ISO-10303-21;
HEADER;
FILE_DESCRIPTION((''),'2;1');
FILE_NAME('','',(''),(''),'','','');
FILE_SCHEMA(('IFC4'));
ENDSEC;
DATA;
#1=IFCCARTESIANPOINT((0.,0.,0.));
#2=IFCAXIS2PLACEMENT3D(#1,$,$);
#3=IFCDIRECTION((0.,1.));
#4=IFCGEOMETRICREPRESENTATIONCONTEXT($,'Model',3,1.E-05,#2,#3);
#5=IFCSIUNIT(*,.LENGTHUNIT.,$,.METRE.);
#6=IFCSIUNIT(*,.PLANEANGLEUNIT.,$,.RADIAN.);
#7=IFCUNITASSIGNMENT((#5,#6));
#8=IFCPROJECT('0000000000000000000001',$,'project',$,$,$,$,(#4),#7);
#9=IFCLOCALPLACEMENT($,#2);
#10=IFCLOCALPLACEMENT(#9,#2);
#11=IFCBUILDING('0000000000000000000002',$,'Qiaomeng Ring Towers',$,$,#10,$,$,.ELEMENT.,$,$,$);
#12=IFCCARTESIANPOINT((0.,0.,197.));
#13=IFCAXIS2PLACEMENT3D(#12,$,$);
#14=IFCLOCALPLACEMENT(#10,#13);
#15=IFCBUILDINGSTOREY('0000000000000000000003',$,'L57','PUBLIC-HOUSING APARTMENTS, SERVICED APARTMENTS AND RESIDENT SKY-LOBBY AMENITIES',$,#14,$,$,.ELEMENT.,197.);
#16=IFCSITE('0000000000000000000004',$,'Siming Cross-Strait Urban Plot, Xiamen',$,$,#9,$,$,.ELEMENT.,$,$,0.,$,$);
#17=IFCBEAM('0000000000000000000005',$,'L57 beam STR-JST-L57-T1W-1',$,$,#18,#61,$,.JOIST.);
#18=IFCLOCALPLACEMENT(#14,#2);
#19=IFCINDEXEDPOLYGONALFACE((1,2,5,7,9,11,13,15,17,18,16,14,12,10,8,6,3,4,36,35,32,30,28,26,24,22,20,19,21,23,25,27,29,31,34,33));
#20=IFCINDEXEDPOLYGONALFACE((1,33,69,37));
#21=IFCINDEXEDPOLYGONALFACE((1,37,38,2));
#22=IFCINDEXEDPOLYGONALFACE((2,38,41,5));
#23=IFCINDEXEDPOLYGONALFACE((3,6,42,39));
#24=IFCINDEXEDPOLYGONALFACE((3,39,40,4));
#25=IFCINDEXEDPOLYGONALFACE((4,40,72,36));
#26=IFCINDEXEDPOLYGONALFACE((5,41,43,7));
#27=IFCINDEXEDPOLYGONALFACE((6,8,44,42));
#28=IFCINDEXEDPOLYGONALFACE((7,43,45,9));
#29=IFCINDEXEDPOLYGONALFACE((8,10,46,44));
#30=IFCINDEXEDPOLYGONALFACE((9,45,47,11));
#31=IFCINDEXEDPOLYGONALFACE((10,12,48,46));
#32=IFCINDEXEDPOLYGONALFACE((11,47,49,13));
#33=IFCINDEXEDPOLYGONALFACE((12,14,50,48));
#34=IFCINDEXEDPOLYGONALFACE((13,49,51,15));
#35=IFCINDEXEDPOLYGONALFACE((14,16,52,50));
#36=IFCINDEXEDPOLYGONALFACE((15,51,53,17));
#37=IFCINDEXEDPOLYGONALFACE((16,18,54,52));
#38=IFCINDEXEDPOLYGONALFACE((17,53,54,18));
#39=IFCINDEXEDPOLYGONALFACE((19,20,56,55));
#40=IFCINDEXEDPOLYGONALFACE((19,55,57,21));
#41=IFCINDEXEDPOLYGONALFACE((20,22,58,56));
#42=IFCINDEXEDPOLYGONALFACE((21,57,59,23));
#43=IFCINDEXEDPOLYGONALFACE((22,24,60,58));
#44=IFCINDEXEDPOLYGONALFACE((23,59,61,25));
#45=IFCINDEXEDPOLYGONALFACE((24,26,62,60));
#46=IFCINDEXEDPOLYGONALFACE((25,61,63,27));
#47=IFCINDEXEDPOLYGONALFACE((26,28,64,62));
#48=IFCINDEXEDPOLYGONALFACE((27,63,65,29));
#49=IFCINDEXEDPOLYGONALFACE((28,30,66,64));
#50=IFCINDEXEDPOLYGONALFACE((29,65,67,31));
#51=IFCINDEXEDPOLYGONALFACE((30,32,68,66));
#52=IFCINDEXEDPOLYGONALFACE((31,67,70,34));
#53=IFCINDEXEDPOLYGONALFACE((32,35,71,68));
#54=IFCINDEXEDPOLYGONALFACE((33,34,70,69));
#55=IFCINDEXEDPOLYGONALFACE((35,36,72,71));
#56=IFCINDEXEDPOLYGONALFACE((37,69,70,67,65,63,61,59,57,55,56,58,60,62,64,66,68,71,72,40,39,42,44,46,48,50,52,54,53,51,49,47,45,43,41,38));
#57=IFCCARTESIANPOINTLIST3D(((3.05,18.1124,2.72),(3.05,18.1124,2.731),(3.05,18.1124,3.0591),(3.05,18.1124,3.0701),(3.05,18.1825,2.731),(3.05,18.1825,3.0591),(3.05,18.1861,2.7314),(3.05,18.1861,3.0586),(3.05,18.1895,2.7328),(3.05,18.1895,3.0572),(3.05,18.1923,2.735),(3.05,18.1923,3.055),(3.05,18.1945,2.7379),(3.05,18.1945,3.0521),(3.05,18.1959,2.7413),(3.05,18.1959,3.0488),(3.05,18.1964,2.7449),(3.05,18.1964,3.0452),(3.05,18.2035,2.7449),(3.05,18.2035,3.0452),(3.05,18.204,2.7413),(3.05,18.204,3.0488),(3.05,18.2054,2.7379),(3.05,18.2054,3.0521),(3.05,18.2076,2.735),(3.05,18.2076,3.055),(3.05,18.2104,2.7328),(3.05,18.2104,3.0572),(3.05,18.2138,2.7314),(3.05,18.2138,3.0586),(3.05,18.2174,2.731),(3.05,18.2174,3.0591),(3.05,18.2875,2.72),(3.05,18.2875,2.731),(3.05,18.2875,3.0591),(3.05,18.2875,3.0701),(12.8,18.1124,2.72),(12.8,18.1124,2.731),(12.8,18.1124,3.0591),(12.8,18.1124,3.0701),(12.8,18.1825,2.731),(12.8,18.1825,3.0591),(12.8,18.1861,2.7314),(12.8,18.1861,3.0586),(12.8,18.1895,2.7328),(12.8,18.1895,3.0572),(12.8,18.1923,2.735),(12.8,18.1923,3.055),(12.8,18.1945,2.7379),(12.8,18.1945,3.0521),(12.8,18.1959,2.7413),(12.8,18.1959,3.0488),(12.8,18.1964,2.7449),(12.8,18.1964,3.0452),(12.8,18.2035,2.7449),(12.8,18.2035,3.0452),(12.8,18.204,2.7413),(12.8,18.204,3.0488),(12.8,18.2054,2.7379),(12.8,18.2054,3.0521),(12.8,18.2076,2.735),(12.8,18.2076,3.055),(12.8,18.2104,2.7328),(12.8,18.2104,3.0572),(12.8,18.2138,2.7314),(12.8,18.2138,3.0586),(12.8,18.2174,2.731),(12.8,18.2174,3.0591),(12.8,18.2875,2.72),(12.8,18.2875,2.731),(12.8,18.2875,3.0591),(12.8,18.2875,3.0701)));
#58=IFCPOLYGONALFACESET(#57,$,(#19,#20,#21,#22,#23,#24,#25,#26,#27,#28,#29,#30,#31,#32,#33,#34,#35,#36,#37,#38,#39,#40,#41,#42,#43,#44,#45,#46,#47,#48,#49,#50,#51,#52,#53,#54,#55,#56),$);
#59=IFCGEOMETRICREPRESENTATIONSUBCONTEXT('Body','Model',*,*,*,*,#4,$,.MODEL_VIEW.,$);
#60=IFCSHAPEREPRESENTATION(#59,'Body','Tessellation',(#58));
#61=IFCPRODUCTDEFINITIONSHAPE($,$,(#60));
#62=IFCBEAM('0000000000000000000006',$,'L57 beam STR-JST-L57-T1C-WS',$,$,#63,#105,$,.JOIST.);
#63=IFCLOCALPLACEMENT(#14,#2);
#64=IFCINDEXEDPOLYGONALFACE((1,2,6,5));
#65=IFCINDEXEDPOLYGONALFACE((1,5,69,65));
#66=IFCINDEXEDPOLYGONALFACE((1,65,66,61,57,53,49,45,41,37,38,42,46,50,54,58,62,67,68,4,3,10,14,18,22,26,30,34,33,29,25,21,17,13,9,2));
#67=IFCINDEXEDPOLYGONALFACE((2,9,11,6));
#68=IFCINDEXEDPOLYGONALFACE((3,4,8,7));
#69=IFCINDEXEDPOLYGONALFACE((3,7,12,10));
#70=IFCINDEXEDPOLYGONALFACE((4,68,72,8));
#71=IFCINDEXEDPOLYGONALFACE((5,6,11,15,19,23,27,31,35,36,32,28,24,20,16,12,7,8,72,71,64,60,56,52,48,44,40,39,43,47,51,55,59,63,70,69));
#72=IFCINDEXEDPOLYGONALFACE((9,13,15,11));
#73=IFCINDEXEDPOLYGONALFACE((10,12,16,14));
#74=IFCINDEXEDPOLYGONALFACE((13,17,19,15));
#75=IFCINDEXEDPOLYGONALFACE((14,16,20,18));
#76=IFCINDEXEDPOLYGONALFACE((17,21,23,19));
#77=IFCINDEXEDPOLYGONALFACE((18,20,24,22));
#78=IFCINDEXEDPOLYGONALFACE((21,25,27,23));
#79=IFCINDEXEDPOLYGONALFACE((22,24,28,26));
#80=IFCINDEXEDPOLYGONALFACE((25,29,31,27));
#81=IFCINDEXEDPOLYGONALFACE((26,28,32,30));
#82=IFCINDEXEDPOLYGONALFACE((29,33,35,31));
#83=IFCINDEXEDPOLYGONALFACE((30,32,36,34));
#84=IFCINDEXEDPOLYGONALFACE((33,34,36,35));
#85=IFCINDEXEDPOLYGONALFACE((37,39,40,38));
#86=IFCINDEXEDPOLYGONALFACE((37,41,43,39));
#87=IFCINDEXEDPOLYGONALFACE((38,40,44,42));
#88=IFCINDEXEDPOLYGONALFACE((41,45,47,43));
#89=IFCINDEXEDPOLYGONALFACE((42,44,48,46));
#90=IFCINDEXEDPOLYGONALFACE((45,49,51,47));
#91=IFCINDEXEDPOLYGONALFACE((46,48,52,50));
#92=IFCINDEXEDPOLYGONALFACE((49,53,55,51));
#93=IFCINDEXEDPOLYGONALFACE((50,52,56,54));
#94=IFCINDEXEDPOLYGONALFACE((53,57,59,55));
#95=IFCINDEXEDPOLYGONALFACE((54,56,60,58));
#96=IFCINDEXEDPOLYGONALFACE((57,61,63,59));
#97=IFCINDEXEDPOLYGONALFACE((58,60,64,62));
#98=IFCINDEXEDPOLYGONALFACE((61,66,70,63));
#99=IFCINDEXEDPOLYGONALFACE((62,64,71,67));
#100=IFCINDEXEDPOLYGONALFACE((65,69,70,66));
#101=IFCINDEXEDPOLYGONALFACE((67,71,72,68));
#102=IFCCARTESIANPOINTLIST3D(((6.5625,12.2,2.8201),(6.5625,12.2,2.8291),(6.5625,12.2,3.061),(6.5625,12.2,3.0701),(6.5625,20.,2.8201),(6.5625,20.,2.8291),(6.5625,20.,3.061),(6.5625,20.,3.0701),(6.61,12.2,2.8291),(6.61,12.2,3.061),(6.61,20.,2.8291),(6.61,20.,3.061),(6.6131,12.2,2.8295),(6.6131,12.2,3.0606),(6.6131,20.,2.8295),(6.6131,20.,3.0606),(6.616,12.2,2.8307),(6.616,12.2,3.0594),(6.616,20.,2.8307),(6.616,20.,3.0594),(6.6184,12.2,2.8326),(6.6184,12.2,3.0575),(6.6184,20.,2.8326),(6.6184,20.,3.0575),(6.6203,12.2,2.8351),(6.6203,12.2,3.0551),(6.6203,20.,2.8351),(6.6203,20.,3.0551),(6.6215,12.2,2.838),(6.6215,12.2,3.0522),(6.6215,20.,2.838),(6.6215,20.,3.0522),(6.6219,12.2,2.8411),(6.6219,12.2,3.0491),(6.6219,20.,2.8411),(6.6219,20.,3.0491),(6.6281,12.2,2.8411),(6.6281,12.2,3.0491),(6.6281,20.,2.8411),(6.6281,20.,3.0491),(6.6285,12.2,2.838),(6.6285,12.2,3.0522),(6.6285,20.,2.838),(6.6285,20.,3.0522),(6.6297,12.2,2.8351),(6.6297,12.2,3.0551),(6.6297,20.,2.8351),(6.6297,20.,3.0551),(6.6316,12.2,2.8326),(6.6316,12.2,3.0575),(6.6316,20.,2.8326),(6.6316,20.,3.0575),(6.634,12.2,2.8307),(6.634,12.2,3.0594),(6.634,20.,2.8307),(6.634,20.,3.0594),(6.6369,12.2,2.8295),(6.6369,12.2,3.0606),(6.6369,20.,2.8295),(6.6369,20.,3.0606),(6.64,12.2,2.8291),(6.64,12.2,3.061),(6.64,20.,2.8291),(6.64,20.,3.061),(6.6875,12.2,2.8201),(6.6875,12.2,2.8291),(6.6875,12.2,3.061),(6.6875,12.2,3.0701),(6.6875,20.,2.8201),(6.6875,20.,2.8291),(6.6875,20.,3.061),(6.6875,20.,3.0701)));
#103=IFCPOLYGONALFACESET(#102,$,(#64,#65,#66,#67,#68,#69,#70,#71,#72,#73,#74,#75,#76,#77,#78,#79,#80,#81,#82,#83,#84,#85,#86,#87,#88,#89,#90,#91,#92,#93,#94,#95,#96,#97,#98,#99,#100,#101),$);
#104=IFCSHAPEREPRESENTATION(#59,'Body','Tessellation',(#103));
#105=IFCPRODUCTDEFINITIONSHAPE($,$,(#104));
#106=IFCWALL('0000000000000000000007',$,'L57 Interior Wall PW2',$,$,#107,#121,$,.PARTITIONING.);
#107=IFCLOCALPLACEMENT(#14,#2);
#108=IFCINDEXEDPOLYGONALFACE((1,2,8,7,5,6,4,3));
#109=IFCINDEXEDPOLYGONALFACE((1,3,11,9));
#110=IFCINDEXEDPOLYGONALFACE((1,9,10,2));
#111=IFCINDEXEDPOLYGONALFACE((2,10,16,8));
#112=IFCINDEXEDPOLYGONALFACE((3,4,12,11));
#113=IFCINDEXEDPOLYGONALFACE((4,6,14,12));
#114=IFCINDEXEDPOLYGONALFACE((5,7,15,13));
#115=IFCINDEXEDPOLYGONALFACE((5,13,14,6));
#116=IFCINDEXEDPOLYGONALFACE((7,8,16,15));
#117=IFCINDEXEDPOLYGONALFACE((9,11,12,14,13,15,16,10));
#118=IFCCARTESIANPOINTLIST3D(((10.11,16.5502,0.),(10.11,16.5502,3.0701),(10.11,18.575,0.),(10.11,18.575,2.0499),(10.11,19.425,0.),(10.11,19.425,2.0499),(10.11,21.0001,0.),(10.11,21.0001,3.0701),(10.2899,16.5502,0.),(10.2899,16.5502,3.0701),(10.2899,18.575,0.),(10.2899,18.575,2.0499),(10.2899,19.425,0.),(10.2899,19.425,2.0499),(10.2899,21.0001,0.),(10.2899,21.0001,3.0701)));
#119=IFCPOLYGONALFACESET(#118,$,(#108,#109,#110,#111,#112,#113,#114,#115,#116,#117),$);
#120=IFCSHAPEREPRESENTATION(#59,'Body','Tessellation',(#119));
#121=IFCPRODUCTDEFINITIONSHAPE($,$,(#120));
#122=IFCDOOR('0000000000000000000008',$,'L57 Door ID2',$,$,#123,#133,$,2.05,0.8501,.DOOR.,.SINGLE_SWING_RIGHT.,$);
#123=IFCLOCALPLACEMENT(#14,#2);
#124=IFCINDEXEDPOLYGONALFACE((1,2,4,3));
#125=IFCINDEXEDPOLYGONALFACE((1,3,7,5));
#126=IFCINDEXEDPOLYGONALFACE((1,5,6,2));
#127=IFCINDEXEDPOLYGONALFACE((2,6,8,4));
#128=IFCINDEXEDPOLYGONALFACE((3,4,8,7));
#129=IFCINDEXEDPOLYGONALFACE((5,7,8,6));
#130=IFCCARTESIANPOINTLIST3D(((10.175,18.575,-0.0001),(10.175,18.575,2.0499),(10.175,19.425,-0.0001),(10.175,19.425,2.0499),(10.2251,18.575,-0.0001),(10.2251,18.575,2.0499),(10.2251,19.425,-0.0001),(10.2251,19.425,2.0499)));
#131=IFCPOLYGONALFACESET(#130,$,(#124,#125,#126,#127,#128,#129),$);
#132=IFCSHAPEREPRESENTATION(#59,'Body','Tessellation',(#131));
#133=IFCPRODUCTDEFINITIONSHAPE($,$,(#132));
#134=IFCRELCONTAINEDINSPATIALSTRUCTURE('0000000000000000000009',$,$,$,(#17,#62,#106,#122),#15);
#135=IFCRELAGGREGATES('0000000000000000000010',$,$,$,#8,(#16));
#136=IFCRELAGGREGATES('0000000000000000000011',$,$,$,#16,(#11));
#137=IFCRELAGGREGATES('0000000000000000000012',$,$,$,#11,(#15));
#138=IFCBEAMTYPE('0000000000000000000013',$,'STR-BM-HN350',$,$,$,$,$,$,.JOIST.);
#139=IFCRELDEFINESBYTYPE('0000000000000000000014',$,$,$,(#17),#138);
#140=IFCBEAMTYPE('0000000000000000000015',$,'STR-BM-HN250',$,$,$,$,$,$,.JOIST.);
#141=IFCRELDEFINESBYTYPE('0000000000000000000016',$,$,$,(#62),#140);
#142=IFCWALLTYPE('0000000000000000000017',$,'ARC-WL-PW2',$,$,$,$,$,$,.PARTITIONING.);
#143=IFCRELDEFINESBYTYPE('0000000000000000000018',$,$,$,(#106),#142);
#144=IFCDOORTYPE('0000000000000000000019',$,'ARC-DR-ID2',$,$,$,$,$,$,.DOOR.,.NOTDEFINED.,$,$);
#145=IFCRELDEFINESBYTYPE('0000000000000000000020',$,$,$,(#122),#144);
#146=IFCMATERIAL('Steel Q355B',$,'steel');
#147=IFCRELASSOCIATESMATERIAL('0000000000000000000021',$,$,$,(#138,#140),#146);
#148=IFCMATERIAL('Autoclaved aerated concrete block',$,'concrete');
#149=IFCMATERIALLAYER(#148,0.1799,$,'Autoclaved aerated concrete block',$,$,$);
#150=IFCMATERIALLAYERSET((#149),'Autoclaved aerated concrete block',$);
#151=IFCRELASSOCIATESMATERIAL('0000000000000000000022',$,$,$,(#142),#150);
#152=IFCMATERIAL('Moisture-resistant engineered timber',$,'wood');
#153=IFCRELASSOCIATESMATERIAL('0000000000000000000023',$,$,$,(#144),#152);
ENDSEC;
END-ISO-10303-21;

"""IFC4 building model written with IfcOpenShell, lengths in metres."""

from ifc_helpers import new_model, si_unit, direction, frame, frame_2d, origin, origin_2d, place, context, subcontext, project, spatial, rectangle, i_section, extrude, source, transform, mapped, material, layer, layer_set, material_profile, profile_set, type_object, element, fill, save


model = new_model("IFC4")

# Units and contexts
model_context = context("Model", 3, precision=1e-05, world=origin(), true_north=direction((0.0, 1.0)))
body_context = subcontext(model_context, "Body", "Model", "MODEL_VIEW")
ifc_project = project(units=[si_unit("LENGTHUNIT", "METRE"), si_unit("PLANEANGLEUNIT", "RADIAN")], contexts=[model_context])

# Site, building, storey
site_placement = place(None, origin())
site = spatial("IfcSite", under=ifc_project, at=site_placement, Name="Siming Cross-Strait Urban Plot, Xiamen", CompositionType="ELEMENT", RefElevation=0.0)
building_placement = place(site_placement, origin())
building = spatial("IfcBuilding", under=site, at=building_placement, Name="Qiaomeng Ring Towers", CompositionType="ELEMENT")
storey_placement = place(building_placement, frame((0.0, 0.0, 197.0)))
storey = spatial("IfcBuildingStorey", under=building, at=storey_placement, Name="L57", Description="PUBLIC-HOUSING APARTMENTS, SERVICED APARTMENTS AND RESIDENT SKY-LOBBY AMENITIES", CompositionType="ELEMENT", Elevation=197.0)

# Beams
ifc_material_1 = material(Name="Steel Q355B", Category="steel")
ifc_material_profile_1 = material_profile(ifc_material_1, i_section(OverallWidth=0.175, OverallDepth=0.3501, WebThickness=0.0071, FlangeThickness=0.011, FilletRadius=0.0139, at=origin_2d()), Name="HN 350x175x7x11")
ifc_profile_set_1 = profile_set([ifc_material_profile_1], Name="Steel Q355B")
beam_type_1 = type_object("IfcBeamType", Name="STR-BM-HN350", PredefinedType="JOIST", material=ifc_profile_set_1)
shared_shape_1 = source(origin(), body_context, "Body", "SweptSolid", [
    extrude(i_section(OverallWidth=0.175, OverallDepth=0.3501, WebThickness=0.0071, FlangeThickness=0.011, FilletRadius=0.0139, at=origin_2d()), origin(), (0.0, 0.0, 1.0), 9.75),
])
beam_1_placement = place(storey_placement, frame((3.05, 18.2, 2.895), z_axis=(1.0, 0.0, 0.0), x_axis=(0.0, 1.0, 0.0)))
element("IfcBeam", 1, at=beam_1_placement, inside=storey, type_object=beam_type_1, Name="L57 beam STR-JST-L57-T1W-1", PredefinedType="JOIST", context=body_context, shape_type="MappedRepresentation", body=[
    mapped(shared_shape_1, transform((0.0, 0.0, 0.0), x_axis=(1.0, 0.0, 0.0), y_axis=(0.0, 1.0, 0.0), z_axis=(0.0, 0.0, 1.0), scale=1.0)),
])
ifc_material_profile_2 = material_profile(ifc_material_1, i_section(OverallWidth=0.125, OverallDepth=0.25, WebThickness=0.0061, FlangeThickness=0.009, FilletRadius=0.012, at=origin_2d()), Name="HN 250x125x6x9")
ifc_profile_set_2 = profile_set([ifc_material_profile_2], Name="Steel Q355B")
beam_type_2 = type_object("IfcBeamType", Name="STR-BM-HN250", PredefinedType="JOIST", material=ifc_profile_set_2)
shared_shape_2 = source(origin(), body_context, "Body", "SweptSolid", [
    extrude(i_section(OverallWidth=0.125, OverallDepth=0.25, WebThickness=0.0061, FlangeThickness=0.009, FilletRadius=0.012, at=origin_2d()), origin(), (0.0, 0.0, 1.0), 7.8),
])
beam_2_placement = place(storey_placement, frame((6.625, 12.2, 2.9451), z_axis=(0.0, 1.0, 0.0), x_axis=(-1.0, 0.0, 0.0)))
element("IfcBeam", 2, at=beam_2_placement, inside=storey, type_object=beam_type_2, Name="L57 beam STR-JST-L57-T1C-WS", PredefinedType="JOIST", context=body_context, shape_type="MappedRepresentation", body=[
    mapped(shared_shape_2, transform((0.0, 0.0, 0.0), x_axis=(1.0, 0.0, 0.0), y_axis=(0.0, 1.0, 0.0), z_axis=(0.0, 0.0, 1.0), scale=1.0)),
])

# Wall, opening, door
ifc_material_2 = material(Name="Autoclaved aerated concrete block", Category="concrete")
ifc_layer_1 = layer(ifc_material_2, 0.1799, Name="Autoclaved aerated concrete block")
ifc_layer_set_1 = layer_set([ifc_layer_1], Name="Autoclaved aerated concrete block")
wall_type_1 = type_object("IfcWallType", Name="ARC-WL-PW2", PredefinedType="PARTITIONING", material=ifc_layer_set_1)
wall_1_placement = place(storey_placement, frame((10.2, 16.55, 0.0), z_axis=(0.0, 0.0, 1.0), x_axis=(0.0, 1.0, 0.0)))
wall_1 = element("IfcWall", 3, at=wall_1_placement, inside=storey, type_object=wall_type_1, Name="L57 Interior Wall PW2", PredefinedType="PARTITIONING", context=body_context, shape_type="SweptSolid", body=[
    extrude(rectangle(XDim=4.45, YDim=0.1799, at=frame_2d((2.2251, 0.0))), origin(), (0.0, 0.0, 1.0), 3.0701),
])
opening_1_placement = place(wall_1_placement, frame((2.0249, 0.0, 0.0)))
opening_1 = element("IfcOpeningElement", 4, at=opening_1_placement, cuts=wall_1, PredefinedType="OPENING", context=body_context, shape_type="SweptSolid", body=[
    extrude(rectangle(XDim=0.8501, YDim=2.05, at=frame_2d((0.425, 1.0249))), frame((0.0, 0.0999, 0.0), z_axis=(0.0, -1.0, 0.0), x_axis=(1.0, 0.0, 0.0)), (0.0, 0.0, 1.0), 0.2),
])
ifc_material_3 = material(Name="Moisture-resistant engineered timber", Category="wood")
door_type_1 = type_object("IfcDoorType", Name="ARC-DR-ID2", OperationType="NOTDEFINED", PredefinedType="DOOR", material=ifc_material_3)
shared_shape_3 = source(origin(), body_context, "Body", "SweptSolid", [
    extrude(rectangle(XDim=0.8501, YDim=2.05, at=frame_2d((0.425, 1.0249))), frame((0.0, 0.0249, 0.0), z_axis=(0.0, -1.0, 0.0), x_axis=(1.0, 0.0, 0.0)), (0.0, 0.0, 1.0), 0.05),
])
door_1_placement = place(opening_1_placement, origin())
door_1 = element("IfcDoor", 5, at=door_1_placement, inside=storey, type_object=door_type_1, Name="L57 Door ID2", OperationType="SINGLE_SWING_RIGHT", OverallHeight=2.05, OverallWidth=0.8501, PredefinedType="DOOR", context=body_context, shape_type="MappedRepresentation", body=[
    mapped(shared_shape_3, transform((0.0, 0.0, 0.0), x_axis=(1.0, 0.0, 0.0), y_axis=(0.0, 1.0, 0.0), z_axis=(0.0, 0.0, 1.0), scale=1.0)),
])
fill(opening_1, door_1)

save(model, "model.ifc")
